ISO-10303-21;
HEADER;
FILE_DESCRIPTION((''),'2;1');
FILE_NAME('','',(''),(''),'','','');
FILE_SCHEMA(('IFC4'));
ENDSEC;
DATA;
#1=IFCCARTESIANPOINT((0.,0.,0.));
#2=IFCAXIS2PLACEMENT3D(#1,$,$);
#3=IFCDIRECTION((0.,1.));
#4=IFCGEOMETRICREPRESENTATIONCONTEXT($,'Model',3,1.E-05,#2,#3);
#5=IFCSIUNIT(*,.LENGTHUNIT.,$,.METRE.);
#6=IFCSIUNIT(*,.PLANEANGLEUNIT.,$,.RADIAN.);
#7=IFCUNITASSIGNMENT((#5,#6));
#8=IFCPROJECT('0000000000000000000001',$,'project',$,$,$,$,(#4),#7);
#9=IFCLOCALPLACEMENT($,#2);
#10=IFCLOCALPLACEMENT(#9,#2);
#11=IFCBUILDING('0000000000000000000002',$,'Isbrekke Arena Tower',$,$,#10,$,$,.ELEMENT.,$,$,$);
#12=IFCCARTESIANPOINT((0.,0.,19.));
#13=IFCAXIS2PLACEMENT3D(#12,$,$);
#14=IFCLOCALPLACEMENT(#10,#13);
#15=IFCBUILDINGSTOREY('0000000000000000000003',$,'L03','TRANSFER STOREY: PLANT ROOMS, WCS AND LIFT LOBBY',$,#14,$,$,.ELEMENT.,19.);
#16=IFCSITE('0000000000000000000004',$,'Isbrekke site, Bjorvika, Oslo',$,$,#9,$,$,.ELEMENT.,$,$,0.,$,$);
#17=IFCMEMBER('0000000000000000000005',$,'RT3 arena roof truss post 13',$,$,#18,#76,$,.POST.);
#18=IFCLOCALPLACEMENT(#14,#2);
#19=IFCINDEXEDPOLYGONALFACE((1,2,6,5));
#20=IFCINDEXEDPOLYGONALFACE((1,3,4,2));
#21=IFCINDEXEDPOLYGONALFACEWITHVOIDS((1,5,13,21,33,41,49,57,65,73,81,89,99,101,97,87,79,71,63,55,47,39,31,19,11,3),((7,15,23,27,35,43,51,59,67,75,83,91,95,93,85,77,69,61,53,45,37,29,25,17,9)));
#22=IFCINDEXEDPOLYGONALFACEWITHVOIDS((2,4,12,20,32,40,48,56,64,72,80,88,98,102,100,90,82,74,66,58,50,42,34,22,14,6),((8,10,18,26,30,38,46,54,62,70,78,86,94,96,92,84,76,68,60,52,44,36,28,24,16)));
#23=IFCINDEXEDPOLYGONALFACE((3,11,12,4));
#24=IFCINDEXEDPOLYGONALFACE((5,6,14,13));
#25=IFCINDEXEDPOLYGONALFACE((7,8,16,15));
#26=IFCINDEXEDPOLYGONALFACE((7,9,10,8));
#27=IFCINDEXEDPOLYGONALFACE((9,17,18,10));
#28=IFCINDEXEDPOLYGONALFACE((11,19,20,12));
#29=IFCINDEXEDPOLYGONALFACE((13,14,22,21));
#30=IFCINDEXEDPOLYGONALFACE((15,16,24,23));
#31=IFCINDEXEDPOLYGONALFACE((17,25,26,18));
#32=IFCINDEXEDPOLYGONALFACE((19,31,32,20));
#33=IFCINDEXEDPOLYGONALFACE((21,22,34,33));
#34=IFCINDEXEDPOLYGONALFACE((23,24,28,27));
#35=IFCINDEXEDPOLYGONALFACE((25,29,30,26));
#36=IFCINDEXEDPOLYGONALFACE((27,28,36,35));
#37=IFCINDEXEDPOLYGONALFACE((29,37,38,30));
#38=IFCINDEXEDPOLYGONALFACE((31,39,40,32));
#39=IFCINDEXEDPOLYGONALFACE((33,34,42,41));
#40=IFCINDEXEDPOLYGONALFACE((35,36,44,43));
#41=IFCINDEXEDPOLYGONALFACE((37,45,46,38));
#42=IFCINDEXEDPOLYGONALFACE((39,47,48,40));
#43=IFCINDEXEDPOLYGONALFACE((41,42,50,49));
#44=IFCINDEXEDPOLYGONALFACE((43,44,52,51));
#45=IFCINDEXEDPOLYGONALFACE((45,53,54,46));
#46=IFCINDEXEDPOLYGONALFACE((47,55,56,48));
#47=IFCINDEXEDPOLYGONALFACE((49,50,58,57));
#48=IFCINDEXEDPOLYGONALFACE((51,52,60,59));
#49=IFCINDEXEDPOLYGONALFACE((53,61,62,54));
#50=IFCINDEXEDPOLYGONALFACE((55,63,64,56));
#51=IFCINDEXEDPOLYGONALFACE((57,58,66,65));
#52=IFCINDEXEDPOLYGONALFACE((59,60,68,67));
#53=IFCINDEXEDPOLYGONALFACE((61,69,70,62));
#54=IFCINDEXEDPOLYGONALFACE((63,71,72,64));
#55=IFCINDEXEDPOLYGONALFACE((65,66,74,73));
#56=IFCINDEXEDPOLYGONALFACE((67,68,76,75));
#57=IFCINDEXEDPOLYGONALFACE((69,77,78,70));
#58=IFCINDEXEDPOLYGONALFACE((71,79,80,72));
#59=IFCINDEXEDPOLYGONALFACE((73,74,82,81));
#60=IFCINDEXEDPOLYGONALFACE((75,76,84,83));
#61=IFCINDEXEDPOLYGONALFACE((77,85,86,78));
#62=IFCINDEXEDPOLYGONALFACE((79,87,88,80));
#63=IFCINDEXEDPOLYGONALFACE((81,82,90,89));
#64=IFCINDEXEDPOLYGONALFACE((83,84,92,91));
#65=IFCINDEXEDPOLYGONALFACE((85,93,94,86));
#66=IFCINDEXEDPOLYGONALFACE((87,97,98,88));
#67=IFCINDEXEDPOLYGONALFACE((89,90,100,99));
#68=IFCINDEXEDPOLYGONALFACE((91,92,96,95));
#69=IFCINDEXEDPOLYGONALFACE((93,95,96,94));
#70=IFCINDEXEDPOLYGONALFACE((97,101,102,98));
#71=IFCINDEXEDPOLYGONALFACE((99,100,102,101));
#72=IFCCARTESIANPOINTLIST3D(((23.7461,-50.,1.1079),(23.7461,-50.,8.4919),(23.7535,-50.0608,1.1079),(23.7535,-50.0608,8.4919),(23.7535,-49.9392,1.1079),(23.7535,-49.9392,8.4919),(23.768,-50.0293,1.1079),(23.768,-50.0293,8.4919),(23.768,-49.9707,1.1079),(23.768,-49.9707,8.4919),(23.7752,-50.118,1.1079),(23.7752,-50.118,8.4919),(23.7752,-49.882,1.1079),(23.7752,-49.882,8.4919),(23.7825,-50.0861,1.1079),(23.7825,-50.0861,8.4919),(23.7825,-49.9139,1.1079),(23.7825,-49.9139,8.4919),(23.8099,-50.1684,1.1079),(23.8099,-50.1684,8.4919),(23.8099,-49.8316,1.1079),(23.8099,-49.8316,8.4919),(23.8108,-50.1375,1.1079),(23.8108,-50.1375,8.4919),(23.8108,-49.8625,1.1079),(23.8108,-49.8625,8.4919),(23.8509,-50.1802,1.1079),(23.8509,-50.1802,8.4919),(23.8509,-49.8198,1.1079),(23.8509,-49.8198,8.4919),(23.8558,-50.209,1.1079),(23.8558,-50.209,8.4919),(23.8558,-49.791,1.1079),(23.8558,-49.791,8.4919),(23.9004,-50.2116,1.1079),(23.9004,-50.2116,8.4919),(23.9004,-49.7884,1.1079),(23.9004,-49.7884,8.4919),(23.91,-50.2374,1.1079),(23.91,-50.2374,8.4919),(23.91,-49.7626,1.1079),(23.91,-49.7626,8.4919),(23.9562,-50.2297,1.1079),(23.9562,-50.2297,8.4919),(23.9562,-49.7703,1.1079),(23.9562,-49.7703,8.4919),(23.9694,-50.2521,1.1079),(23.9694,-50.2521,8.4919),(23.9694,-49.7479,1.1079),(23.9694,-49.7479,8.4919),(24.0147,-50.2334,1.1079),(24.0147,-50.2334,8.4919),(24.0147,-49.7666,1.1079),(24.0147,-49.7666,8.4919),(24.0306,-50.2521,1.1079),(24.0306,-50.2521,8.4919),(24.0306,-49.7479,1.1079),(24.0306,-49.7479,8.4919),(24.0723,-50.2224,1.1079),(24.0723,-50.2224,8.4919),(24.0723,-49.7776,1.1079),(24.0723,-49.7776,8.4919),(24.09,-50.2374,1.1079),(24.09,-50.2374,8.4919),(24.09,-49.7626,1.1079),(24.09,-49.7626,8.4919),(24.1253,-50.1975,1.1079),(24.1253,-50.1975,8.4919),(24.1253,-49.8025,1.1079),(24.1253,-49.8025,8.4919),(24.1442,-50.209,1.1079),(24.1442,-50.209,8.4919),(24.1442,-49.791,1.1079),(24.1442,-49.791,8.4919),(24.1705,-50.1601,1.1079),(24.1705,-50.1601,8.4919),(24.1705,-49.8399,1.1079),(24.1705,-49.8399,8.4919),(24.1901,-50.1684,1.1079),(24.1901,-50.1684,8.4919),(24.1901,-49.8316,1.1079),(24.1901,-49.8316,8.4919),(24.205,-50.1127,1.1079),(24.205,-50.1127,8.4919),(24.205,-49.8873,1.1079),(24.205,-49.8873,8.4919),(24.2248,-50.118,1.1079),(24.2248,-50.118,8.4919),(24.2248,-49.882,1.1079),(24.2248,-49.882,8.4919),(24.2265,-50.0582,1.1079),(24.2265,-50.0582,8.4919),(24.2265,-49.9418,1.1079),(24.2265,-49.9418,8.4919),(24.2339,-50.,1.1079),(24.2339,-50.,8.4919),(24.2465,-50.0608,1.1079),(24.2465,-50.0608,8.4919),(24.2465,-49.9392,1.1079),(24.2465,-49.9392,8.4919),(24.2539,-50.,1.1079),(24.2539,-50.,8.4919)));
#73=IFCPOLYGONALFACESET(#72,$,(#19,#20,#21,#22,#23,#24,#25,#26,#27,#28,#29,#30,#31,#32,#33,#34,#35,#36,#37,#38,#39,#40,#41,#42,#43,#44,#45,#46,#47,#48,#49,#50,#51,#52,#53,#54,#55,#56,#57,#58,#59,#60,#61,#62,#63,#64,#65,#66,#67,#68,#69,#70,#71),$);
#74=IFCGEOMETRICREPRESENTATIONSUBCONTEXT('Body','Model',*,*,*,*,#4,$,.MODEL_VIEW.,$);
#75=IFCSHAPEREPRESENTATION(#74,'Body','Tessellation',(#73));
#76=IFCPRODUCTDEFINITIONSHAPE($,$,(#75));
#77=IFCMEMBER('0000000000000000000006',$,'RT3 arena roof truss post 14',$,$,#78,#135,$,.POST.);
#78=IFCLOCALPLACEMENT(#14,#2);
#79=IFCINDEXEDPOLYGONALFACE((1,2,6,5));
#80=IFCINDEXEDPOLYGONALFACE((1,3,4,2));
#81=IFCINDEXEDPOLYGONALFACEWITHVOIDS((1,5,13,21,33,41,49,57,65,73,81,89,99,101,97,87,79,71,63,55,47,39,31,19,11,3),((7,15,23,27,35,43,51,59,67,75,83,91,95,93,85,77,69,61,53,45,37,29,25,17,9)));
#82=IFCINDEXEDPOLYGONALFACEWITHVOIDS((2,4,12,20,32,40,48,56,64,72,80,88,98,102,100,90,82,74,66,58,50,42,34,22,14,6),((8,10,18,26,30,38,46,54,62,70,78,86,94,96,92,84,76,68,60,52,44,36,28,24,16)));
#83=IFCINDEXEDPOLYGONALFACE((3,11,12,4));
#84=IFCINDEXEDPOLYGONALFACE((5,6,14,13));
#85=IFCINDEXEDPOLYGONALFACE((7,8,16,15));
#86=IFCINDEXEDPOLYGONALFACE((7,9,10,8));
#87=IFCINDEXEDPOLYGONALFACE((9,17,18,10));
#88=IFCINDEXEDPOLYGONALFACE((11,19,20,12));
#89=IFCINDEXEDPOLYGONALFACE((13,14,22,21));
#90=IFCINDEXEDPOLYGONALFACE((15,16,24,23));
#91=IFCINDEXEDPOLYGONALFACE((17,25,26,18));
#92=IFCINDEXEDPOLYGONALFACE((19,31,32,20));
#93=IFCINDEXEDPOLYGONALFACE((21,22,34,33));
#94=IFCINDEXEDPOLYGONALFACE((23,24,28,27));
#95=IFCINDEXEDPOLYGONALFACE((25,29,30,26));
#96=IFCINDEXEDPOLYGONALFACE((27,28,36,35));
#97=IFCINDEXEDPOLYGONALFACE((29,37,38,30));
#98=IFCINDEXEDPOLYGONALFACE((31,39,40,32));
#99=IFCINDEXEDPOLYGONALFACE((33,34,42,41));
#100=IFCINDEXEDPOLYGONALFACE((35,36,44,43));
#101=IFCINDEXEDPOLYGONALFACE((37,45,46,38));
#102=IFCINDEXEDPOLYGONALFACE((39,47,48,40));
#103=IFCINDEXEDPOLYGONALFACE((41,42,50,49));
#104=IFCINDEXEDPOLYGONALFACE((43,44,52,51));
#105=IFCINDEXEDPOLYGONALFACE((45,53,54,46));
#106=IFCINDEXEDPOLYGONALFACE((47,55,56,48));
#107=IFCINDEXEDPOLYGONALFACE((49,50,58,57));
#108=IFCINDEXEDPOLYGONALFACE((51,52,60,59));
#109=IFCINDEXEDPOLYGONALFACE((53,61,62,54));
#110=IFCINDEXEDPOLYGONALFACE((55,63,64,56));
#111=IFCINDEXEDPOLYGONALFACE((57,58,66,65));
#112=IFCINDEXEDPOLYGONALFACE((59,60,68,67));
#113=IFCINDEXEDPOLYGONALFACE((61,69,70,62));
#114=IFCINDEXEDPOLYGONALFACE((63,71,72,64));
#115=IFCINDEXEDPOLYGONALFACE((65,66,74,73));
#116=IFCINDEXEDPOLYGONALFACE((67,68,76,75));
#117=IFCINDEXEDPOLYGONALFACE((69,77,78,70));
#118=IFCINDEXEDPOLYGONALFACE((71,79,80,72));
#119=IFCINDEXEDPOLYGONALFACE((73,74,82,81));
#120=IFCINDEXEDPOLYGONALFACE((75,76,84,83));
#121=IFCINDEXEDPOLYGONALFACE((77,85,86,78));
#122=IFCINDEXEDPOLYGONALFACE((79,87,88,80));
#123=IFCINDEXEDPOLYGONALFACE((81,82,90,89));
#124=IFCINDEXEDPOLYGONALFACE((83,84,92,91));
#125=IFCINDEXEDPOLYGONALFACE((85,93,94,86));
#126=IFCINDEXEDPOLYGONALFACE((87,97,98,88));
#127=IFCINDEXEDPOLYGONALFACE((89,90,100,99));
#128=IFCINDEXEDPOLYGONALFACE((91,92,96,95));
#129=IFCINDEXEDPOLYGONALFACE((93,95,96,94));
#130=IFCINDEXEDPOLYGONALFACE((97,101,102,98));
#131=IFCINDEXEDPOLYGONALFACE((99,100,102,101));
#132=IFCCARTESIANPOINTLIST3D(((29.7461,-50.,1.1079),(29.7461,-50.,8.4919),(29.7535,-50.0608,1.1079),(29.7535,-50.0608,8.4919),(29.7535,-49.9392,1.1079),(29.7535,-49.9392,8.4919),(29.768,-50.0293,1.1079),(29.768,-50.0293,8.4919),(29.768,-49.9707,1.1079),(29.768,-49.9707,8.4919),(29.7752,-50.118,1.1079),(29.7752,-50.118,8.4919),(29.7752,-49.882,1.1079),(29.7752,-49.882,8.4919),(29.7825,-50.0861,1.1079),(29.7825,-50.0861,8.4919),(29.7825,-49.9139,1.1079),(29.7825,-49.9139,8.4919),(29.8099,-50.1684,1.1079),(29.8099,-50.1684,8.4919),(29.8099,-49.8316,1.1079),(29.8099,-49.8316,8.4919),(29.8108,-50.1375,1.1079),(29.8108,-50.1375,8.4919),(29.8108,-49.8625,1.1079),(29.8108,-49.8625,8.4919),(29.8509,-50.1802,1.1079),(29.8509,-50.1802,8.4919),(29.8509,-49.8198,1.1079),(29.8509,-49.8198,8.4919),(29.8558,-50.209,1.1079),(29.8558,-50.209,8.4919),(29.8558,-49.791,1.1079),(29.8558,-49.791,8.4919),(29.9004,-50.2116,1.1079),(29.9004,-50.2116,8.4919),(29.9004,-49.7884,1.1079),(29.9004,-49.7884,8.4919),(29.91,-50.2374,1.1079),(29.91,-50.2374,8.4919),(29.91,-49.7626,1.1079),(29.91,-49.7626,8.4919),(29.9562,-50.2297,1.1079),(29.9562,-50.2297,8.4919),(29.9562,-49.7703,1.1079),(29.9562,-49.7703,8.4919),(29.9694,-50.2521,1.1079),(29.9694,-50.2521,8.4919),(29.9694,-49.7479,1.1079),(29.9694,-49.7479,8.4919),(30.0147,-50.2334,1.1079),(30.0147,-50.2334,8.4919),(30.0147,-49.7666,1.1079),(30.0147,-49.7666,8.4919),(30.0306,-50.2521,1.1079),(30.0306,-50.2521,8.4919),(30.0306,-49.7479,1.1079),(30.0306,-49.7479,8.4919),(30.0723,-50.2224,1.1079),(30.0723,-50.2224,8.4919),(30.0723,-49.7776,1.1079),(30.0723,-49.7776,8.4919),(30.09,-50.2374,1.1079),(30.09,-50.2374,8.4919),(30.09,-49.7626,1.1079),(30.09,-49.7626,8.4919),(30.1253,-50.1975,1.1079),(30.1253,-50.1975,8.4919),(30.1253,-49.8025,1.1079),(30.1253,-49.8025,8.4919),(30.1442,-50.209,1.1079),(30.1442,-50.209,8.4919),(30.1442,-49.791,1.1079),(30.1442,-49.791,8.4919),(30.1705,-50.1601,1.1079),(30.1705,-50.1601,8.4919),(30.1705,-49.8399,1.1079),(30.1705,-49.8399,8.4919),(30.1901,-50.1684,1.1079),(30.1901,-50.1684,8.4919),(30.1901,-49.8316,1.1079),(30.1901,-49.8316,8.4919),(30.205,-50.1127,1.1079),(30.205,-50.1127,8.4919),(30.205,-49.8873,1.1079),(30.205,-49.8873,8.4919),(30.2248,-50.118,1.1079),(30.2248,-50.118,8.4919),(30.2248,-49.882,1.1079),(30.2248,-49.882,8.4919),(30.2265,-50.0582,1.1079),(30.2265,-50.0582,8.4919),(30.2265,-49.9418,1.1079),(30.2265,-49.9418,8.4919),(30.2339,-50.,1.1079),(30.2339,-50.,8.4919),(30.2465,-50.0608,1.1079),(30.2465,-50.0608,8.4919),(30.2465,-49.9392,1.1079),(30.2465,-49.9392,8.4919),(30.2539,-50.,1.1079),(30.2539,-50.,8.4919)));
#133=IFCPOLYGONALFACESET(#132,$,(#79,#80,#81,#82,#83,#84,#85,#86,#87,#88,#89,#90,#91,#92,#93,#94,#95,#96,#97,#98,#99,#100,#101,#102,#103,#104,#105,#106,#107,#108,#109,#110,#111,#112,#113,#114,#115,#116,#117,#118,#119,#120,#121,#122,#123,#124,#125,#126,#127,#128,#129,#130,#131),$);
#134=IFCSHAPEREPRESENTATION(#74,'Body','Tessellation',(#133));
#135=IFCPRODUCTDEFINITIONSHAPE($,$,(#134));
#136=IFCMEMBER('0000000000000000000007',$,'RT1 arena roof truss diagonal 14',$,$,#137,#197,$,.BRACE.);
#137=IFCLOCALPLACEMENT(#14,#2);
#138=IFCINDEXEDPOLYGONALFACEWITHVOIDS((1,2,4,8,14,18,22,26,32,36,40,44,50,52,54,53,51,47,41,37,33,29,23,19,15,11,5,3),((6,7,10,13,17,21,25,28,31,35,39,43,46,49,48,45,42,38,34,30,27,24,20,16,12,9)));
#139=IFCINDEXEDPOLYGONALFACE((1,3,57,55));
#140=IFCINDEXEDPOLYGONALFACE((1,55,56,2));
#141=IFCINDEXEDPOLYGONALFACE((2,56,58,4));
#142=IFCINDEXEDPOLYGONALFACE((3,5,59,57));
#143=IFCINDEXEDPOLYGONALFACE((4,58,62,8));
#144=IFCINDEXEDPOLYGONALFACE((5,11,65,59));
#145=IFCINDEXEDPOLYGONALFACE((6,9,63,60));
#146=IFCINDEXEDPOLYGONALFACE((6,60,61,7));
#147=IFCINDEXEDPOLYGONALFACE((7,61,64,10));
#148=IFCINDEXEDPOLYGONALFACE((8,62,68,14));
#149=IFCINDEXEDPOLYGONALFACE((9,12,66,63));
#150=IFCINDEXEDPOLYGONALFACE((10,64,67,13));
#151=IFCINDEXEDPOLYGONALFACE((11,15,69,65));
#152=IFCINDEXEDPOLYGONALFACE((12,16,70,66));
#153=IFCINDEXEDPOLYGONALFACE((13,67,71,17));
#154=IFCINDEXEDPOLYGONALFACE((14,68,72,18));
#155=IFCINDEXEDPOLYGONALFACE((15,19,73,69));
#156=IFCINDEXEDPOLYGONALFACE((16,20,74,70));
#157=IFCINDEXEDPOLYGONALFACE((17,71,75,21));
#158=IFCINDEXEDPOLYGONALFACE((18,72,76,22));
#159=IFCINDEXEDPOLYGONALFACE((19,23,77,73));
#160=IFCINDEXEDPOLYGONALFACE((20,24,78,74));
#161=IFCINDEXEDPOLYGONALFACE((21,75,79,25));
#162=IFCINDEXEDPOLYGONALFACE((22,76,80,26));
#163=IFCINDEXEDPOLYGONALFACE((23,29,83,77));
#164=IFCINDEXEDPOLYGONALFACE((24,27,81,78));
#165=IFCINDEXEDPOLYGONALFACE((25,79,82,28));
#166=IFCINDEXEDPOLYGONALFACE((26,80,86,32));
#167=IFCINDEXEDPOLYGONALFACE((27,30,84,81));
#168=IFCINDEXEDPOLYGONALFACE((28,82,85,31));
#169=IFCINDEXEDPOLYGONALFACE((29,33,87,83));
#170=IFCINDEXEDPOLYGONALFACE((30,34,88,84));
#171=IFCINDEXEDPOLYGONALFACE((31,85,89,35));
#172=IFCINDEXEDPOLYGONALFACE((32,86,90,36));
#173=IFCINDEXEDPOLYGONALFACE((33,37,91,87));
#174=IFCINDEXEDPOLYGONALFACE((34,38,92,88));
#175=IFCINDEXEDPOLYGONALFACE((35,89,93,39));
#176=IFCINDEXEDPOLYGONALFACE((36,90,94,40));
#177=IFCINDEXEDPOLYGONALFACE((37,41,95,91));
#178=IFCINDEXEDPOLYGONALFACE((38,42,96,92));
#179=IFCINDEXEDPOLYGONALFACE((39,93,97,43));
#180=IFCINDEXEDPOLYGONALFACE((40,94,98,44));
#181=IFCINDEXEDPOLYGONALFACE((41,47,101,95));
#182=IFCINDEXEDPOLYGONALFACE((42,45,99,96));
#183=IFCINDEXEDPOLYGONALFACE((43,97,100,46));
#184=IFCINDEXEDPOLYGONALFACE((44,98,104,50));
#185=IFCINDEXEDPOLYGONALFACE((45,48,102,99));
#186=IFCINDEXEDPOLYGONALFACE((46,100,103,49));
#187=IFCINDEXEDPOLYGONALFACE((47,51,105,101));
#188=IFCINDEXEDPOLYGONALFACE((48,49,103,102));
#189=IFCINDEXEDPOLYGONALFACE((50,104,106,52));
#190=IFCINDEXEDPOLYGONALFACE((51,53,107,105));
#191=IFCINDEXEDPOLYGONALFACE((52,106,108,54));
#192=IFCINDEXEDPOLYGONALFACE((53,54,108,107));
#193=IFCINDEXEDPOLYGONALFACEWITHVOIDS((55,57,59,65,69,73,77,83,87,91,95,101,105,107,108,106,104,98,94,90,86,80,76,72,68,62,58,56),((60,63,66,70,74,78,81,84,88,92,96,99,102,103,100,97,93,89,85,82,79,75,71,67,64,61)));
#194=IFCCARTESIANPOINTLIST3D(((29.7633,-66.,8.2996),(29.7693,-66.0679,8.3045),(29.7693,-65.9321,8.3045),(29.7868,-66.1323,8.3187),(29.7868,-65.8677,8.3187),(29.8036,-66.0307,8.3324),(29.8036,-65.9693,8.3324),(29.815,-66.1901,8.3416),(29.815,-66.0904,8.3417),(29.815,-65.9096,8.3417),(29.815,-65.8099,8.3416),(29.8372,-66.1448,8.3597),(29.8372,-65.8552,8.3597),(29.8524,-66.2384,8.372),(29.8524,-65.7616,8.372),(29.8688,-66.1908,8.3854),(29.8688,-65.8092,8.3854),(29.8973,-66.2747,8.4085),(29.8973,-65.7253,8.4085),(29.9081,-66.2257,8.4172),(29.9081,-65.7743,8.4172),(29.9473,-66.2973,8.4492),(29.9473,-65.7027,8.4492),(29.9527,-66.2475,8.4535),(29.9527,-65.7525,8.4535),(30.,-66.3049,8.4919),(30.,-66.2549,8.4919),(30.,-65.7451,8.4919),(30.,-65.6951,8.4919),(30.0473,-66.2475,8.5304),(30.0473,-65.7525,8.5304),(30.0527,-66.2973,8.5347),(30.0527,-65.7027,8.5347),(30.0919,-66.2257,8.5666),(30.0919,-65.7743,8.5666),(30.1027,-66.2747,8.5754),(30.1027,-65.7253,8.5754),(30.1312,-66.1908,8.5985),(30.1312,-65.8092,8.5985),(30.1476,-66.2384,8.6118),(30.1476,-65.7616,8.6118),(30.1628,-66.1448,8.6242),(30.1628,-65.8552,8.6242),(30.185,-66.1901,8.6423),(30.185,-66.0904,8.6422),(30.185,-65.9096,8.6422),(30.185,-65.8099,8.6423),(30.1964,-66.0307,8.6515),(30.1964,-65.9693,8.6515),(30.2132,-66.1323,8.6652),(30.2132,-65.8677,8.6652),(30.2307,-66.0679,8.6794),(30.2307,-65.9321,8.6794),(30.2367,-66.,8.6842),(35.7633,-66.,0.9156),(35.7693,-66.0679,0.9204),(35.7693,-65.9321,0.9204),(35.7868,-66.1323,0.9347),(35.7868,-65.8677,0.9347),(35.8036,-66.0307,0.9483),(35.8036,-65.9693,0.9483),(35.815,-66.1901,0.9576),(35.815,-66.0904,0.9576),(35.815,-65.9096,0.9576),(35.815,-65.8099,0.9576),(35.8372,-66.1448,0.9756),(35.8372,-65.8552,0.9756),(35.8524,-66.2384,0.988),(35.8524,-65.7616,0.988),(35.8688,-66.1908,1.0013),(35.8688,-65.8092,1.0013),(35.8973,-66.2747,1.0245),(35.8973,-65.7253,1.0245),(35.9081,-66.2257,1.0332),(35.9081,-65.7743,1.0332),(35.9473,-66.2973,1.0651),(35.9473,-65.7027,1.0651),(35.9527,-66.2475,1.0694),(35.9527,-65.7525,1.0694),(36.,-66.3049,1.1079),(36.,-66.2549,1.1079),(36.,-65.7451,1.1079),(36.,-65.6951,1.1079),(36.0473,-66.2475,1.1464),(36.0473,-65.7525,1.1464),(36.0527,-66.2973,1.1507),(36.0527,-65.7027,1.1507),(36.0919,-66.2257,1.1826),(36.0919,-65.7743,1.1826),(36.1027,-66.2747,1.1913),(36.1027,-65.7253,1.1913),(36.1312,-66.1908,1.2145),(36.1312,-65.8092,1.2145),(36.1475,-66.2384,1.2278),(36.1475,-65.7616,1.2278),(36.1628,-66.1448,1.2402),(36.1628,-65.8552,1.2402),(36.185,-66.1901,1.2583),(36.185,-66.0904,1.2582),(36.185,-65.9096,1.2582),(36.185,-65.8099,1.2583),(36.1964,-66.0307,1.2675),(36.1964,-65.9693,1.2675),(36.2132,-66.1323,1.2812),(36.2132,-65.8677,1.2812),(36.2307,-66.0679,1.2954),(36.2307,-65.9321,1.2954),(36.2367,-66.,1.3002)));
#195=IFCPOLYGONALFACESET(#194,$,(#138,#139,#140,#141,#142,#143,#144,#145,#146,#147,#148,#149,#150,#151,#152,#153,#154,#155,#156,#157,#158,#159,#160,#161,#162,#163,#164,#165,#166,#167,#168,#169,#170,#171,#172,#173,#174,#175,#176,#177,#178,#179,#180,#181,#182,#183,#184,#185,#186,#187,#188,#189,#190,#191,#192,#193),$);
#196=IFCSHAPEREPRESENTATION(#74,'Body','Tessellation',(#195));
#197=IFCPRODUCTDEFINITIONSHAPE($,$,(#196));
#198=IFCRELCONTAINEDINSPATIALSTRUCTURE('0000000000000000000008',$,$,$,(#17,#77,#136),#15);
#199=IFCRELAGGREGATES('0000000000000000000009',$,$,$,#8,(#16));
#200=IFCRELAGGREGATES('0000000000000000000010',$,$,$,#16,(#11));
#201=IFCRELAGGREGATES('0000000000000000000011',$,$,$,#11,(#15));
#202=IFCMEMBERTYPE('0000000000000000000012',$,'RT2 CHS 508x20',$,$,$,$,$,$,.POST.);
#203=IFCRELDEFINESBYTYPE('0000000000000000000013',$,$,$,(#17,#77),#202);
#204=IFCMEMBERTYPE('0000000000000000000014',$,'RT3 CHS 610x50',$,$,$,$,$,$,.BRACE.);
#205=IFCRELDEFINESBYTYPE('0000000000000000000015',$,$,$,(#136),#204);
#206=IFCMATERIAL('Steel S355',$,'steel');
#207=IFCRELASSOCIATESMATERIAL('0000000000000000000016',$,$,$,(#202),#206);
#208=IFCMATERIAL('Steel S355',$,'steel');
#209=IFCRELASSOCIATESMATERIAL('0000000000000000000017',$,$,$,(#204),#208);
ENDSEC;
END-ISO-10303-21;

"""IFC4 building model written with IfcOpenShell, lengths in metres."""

from ifc_helpers import new_model, si_unit, direction, frame, origin, origin_2d, place, context, subcontext, project, spatial, hollow_circle, extrude, material, material_profile, profile_set, type_object, element, save


model = new_model("IFC4")

# Units and contexts
model_context = context("Model", 3, precision=1e-05, world=origin(), true_north=direction((0.0, 1.0)))
body_context = subcontext(model_context, "Body", "Model", "MODEL_VIEW")
ifc_project = project(units=[si_unit("LENGTHUNIT", "METRE"), si_unit("PLANEANGLEUNIT", "RADIAN")], contexts=[model_context])

# Site, building, storey
site_placement = place(None, origin())
site = spatial("IfcSite", under=ifc_project, at=site_placement, Name="Isbrekke site, Bjorvika, Oslo", CompositionType="ELEMENT", RefElevation=0.0)
building_placement = place(site_placement, origin())
building = spatial("IfcBuilding", under=site, at=building_placement, Name="Isbrekke Arena Tower", CompositionType="ELEMENT")
storey_placement = place(building_placement, frame((0.0, 0.0, 19.0)))
storey = spatial("IfcBuildingStorey", under=building, at=storey_placement, Name="L03", Description="TRANSFER STOREY: PLANT ROOMS, WCS AND LIFT LOBBY", CompositionType="ELEMENT", Elevation=19.0)

# Members
ifc_material_1 = material(Name="Steel S355", Category="steel")
ifc_material_profile_1 = material_profile(ifc_material_1, hollow_circle(Radius=0.2539, WallThickness=0.02, at=origin_2d()), Name="CHS 508x20")
ifc_profile_set_1 = profile_set([ifc_material_profile_1], Name="Steel S355")
member_type_1 = type_object("IfcMemberType", Name="RT2 CHS 508x20", PredefinedType="POST", material=ifc_profile_set_1)
for number, where, z_axis, x_axis, name in (
    (1, (24.0, -50.0, 1.1079), (0.0, 0.0, 1.0), (1.0, 0.0, 0.0), "RT3 arena roof truss post 13"),
    (2, (30.0, -50.0, 1.1079), (0.0, 0.0, 1.0), (1.0, 0.0, 0.0), "RT3 arena roof truss post 14"),
):
    element("IfcMember", number, at=place(storey_placement, frame(where, z_axis=z_axis, x_axis=x_axis)), inside=storey, type_object=member_type_1, Name=name, PredefinedType="POST", context=body_context, shape_type="SweptSolid", body=[
        extrude(hollow_circle(Radius=0.2539, WallThickness=0.02, at=origin_2d()), origin(), (0.0, 0.0, 1.0), 7.384),
    ])
ifc_material_2 = material(Name="Steel S355", Category="steel")
ifc_material_profile_2 = material_profile(ifc_material_2, hollow_circle(Radius=0.3049, WallThickness=0.05, at=origin_2d()), Name="CHS 610x50")
ifc_profile_set_2 = profile_set([ifc_material_profile_2], Name="Steel S355")
member_type_2 = type_object("IfcMemberType", Name="RT3 CHS 610x50", PredefinedType="BRACE", material=ifc_profile_set_2)
for number, where, z_axis, x_axis, name in (
    (3, (30.0, -66.0, 8.4919), (0.630623, 0.0, -0.77609), (0.0, 1.0, 0.0), "RT1 arena roof truss diagonal 14"),
):
    element("IfcMember", number, at=place(storey_placement, frame(where, z_axis=z_axis, x_axis=x_axis)), inside=storey, type_object=member_type_2, Name=name, PredefinedType="BRACE", context=body_context, shape_type="SweptSolid", body=[
        extrude(hollow_circle(Radius=0.3049, WallThickness=0.05, at=origin_2d()), origin(), (0.0, 0.0, 1.0), 9.5144),
    ])

save(model, "model.ifc")
